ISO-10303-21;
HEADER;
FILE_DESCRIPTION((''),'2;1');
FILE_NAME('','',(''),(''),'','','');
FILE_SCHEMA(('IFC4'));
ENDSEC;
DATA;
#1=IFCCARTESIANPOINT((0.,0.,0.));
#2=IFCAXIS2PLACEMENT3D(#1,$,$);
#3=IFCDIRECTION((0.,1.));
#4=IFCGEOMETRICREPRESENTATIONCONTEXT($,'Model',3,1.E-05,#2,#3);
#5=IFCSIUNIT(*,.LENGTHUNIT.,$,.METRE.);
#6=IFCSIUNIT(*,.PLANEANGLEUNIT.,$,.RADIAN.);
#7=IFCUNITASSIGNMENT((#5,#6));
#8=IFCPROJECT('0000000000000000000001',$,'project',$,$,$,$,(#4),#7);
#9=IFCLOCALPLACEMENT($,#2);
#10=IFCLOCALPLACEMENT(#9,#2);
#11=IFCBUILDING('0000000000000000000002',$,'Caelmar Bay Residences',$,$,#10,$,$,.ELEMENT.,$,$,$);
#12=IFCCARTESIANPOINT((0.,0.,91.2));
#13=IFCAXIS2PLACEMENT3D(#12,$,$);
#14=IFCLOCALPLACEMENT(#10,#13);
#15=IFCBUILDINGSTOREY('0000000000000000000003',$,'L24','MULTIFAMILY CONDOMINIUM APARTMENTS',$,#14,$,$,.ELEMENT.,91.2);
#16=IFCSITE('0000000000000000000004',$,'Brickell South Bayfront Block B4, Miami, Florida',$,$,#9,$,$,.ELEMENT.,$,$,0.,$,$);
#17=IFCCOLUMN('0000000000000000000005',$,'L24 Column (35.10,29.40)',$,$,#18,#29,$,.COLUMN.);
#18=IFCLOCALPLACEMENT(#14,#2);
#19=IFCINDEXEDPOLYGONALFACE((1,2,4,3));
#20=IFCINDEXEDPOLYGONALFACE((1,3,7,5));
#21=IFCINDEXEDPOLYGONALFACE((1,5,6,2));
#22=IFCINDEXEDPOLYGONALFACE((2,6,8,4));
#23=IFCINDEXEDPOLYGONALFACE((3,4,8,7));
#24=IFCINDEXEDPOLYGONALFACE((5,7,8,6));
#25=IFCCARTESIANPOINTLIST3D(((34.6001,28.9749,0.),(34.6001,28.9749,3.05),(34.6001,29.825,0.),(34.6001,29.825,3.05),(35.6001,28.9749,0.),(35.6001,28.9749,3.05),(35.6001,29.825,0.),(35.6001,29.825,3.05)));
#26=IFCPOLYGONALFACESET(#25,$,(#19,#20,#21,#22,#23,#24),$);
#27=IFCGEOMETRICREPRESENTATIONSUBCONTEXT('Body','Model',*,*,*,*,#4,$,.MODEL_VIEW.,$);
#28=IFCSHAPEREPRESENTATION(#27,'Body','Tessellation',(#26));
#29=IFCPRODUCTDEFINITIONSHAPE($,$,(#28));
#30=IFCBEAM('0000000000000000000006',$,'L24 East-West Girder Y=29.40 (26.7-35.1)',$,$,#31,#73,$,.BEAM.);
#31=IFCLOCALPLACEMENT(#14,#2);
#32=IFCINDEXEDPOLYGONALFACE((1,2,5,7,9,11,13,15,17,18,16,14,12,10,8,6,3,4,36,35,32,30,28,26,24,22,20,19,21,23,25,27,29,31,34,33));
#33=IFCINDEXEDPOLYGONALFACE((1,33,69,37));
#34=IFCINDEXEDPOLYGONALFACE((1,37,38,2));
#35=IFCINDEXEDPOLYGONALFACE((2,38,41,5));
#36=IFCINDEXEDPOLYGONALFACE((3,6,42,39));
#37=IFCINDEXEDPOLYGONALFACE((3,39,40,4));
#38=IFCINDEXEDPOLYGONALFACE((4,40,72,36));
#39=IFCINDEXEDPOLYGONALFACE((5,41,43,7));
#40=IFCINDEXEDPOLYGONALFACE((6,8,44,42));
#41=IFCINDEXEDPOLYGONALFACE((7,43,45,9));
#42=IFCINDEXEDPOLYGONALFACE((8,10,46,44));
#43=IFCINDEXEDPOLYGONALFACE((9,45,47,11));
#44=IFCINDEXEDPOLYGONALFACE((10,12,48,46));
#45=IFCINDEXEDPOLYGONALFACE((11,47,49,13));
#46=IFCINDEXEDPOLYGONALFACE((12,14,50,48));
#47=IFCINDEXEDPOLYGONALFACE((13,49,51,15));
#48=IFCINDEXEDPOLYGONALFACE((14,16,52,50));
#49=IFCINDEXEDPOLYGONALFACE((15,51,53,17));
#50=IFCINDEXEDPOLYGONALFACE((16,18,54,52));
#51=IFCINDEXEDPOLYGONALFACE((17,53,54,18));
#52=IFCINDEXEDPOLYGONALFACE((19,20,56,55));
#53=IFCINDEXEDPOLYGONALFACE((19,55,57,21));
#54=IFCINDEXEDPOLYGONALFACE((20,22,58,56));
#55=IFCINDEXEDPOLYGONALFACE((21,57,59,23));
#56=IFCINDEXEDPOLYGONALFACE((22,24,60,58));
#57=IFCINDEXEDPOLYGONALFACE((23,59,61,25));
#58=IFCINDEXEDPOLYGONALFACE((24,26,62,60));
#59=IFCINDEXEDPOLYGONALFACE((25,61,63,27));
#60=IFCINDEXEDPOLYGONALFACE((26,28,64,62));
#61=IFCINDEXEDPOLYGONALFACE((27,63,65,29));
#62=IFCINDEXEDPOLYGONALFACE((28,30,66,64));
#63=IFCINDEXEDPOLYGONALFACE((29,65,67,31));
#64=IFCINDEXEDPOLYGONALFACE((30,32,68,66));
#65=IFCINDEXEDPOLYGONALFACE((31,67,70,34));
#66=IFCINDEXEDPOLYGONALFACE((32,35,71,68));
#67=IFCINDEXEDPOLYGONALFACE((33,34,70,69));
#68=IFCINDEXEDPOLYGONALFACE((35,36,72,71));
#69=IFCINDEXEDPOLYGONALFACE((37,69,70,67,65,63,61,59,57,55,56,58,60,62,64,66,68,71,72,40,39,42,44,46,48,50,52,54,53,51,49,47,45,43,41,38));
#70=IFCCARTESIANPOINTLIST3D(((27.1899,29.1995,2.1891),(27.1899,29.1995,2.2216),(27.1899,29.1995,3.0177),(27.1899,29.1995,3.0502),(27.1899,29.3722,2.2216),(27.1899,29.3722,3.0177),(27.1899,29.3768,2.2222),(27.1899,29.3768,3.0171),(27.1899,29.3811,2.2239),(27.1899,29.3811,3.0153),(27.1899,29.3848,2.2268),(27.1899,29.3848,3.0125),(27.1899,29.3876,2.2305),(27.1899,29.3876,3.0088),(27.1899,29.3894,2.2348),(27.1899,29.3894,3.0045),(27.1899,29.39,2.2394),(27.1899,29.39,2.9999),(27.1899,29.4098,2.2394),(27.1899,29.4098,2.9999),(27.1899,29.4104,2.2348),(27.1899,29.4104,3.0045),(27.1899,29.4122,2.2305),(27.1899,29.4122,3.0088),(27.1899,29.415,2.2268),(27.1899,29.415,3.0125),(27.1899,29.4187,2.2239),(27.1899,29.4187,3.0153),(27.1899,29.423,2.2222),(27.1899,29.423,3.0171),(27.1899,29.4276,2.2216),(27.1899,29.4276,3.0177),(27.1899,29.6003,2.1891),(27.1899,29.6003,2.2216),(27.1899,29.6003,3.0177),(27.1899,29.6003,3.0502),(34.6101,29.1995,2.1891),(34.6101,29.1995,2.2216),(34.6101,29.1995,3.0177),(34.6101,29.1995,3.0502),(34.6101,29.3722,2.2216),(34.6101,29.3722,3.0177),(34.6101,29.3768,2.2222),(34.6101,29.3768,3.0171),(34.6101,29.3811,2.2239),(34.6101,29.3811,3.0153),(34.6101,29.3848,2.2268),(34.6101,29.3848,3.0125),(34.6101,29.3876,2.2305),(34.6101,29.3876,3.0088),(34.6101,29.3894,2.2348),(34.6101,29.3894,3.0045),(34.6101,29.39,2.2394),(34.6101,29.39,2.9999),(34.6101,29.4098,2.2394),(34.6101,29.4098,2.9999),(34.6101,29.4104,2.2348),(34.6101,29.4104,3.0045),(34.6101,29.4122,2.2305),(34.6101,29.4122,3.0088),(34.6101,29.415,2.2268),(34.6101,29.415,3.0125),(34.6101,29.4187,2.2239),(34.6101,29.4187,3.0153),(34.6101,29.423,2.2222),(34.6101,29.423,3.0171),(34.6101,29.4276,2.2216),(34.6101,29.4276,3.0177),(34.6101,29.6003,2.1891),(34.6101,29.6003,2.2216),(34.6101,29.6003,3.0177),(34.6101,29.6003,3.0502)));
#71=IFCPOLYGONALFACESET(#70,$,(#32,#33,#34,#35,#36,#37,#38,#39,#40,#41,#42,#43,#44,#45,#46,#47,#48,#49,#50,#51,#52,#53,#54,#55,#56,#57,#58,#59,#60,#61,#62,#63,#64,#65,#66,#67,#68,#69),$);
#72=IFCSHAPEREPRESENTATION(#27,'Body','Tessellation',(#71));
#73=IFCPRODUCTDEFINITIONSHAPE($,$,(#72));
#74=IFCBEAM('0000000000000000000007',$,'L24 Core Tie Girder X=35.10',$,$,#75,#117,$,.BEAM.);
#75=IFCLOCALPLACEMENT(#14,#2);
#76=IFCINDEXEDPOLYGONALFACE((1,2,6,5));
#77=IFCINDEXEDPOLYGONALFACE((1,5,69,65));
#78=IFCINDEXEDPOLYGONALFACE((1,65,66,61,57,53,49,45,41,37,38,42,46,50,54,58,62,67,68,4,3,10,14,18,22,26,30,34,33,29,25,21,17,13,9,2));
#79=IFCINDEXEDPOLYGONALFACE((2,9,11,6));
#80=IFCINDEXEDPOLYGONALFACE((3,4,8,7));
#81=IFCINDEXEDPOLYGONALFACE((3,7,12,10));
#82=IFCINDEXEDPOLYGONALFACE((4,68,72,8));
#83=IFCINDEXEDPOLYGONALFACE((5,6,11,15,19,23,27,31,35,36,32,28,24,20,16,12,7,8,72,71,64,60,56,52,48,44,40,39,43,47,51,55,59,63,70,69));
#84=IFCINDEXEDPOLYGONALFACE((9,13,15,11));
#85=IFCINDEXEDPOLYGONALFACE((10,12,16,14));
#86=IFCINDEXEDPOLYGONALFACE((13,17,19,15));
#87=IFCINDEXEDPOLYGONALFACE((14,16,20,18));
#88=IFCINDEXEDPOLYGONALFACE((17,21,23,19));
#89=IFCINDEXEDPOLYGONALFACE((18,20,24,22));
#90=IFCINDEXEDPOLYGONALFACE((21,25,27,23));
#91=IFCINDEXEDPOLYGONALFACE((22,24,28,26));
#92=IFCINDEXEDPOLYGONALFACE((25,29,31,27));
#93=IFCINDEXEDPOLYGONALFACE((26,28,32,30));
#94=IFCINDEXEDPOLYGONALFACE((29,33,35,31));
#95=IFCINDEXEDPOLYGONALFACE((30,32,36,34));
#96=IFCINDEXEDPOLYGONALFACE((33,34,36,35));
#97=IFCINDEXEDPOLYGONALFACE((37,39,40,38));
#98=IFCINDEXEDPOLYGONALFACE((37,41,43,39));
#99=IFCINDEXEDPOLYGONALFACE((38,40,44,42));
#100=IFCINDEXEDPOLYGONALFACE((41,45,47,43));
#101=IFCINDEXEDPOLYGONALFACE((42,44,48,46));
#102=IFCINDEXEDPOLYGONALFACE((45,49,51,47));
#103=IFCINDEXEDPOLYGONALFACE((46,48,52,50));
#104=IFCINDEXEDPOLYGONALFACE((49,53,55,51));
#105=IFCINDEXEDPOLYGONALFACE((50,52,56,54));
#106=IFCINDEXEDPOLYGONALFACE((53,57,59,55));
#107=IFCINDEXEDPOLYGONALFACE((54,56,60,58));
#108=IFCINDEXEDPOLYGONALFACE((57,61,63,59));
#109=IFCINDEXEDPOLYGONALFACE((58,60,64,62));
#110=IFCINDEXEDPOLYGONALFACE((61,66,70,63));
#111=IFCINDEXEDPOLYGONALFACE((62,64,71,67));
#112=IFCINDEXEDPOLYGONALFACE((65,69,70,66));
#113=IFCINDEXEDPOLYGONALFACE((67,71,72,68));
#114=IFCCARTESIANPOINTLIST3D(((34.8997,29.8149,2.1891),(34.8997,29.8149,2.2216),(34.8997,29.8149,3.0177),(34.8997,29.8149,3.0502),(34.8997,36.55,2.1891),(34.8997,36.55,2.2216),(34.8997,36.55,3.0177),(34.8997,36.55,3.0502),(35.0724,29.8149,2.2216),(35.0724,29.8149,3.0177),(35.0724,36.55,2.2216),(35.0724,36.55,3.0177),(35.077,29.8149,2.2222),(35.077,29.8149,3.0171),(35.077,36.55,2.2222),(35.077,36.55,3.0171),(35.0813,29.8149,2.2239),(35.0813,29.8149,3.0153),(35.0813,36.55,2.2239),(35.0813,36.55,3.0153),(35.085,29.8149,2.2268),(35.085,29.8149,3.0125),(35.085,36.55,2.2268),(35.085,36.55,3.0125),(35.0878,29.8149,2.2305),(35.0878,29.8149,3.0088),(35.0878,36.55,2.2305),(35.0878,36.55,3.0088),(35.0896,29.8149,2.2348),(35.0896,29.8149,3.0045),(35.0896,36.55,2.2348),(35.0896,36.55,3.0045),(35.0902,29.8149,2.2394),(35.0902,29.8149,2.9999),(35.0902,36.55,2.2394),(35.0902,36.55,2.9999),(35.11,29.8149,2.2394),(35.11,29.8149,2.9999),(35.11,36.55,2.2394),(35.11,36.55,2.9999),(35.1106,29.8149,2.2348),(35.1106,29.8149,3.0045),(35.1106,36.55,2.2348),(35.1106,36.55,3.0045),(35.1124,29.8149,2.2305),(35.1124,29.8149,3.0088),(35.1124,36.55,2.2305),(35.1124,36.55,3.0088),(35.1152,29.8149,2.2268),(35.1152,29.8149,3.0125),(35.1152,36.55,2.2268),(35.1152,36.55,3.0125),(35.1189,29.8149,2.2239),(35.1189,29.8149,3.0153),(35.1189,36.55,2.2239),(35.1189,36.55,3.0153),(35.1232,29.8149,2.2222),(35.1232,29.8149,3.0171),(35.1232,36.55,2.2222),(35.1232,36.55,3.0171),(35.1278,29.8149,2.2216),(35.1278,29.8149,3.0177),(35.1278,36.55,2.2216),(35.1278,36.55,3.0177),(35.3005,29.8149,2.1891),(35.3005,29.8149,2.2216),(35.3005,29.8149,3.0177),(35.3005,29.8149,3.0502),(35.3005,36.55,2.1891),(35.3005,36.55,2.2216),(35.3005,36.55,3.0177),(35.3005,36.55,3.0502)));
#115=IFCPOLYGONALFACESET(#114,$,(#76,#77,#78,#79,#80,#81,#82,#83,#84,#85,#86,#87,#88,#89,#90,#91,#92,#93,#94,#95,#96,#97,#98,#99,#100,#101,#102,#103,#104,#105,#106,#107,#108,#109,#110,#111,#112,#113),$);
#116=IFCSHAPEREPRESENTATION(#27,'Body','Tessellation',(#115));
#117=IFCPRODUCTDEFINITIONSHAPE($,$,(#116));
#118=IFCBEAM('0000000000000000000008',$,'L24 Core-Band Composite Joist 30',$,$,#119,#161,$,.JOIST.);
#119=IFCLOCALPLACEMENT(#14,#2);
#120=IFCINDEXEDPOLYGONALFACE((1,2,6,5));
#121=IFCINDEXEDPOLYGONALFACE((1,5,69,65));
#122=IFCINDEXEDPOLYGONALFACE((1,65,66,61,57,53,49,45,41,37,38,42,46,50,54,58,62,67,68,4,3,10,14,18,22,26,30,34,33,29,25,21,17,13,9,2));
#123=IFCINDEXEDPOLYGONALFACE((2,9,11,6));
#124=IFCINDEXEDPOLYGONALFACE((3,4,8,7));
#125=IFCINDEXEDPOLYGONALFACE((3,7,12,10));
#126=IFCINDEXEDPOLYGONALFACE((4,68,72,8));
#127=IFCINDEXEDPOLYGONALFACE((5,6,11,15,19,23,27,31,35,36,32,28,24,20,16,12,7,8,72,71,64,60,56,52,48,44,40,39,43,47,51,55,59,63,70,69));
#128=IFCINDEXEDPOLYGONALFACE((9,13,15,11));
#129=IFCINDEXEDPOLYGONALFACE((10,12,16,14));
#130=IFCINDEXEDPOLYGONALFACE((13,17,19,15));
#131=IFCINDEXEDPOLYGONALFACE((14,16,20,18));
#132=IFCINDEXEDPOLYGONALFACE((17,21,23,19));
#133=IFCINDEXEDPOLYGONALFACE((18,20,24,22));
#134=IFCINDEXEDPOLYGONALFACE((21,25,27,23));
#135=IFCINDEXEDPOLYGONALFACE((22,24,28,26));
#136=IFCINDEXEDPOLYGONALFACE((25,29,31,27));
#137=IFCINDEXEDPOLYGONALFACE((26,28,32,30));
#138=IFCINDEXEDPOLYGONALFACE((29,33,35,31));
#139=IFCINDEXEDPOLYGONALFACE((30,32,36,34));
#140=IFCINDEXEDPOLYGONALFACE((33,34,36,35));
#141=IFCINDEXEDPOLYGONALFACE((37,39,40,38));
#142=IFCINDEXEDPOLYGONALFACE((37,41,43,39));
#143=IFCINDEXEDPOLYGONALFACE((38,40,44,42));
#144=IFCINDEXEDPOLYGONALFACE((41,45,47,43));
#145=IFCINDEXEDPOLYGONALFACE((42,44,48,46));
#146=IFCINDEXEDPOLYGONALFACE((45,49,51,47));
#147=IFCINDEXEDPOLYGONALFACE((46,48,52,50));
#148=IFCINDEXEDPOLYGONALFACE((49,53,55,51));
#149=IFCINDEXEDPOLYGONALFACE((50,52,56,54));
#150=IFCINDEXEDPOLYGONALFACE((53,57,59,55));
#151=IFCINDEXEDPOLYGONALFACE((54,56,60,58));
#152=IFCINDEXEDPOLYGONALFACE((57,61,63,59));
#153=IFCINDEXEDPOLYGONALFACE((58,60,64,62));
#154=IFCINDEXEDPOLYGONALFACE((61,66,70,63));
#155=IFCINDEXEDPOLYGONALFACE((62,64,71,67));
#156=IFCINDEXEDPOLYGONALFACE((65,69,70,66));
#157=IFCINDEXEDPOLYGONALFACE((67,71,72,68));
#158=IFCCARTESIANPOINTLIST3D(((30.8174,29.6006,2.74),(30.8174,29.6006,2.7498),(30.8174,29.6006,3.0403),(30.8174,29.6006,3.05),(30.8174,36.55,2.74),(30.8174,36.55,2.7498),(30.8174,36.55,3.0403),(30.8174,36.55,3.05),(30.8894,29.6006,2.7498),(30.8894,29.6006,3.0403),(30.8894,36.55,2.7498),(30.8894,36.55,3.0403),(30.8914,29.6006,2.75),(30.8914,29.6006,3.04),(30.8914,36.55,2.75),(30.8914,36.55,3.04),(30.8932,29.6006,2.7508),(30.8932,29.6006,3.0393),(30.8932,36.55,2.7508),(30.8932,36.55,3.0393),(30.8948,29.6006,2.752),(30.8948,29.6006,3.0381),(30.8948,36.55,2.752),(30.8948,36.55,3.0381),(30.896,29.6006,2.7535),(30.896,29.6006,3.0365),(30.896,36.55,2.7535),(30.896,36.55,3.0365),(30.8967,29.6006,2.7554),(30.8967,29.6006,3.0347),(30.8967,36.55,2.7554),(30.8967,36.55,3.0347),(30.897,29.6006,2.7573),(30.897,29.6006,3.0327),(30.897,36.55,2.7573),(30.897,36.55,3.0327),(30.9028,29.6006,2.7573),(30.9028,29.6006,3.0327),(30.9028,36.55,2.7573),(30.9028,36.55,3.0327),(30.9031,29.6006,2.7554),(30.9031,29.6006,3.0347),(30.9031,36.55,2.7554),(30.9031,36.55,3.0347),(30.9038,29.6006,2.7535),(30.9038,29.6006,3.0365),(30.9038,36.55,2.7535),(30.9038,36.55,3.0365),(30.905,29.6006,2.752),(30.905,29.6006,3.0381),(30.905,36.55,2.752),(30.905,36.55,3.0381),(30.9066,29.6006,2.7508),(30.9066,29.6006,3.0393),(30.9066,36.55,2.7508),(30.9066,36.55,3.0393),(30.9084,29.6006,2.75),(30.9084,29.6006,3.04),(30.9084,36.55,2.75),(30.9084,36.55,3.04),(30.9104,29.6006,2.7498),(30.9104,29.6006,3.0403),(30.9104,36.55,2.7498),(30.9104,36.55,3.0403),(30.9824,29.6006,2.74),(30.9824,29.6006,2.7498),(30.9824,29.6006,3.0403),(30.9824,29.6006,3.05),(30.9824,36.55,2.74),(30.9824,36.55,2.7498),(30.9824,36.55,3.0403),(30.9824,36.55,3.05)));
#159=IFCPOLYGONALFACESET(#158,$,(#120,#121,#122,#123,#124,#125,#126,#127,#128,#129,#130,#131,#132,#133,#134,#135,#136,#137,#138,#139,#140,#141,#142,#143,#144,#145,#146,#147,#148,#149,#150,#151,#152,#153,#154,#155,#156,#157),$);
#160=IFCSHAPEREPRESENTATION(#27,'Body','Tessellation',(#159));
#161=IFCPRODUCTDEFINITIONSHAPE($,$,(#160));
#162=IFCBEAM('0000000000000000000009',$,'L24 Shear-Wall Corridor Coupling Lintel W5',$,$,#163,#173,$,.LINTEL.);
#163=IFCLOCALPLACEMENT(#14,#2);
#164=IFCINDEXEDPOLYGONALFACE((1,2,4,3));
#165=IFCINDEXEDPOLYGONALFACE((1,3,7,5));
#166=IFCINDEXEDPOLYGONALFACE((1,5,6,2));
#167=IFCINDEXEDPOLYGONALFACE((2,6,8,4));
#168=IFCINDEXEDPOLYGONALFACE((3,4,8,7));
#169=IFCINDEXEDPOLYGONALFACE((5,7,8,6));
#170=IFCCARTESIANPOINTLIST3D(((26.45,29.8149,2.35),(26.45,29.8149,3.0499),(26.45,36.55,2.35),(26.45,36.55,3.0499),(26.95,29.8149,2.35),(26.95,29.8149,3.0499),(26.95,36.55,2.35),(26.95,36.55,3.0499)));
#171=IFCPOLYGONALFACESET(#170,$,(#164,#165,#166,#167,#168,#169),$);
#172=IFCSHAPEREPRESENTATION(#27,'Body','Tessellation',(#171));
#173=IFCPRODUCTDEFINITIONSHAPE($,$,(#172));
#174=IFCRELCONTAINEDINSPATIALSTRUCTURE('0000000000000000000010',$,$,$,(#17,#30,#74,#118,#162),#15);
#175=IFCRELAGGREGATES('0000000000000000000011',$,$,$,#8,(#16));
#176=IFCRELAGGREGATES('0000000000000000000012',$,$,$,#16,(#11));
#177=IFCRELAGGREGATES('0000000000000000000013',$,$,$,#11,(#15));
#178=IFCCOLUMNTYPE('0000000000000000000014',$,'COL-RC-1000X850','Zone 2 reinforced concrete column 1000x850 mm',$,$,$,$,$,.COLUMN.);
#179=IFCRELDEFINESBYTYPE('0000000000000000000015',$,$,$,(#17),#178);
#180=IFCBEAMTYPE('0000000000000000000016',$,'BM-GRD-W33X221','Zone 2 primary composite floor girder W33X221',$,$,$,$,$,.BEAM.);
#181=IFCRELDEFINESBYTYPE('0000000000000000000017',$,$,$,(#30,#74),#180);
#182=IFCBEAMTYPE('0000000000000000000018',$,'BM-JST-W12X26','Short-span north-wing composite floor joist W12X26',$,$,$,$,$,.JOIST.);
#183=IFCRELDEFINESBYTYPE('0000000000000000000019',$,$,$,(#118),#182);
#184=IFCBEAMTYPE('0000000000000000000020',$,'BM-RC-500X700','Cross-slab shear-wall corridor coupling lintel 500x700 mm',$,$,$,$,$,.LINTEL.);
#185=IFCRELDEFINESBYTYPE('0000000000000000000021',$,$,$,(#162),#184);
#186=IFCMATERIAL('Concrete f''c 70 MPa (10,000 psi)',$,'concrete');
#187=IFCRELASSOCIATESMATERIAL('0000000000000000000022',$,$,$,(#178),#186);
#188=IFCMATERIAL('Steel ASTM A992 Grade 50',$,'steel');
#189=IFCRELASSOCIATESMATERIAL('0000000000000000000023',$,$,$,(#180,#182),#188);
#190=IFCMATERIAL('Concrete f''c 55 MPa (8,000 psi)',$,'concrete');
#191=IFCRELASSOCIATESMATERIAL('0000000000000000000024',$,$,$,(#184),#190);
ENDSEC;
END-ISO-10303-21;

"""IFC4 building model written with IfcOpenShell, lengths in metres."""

from ifc_helpers import new_model, si_unit, direction, frame, origin, origin_2d, place, context, subcontext, project, spatial, rectangle, i_section, extrude, material, material_profile, profile_set, type_object, element, save


model = new_model("IFC4")

# Units and contexts
model_context = context("Model", 3, precision=1e-05, world=origin(), true_north=direction((0.0, 1.0)))
body_context = subcontext(model_context, "Body", "Model", "MODEL_VIEW")
ifc_project = project(units=[si_unit("LENGTHUNIT", "METRE"), si_unit("PLANEANGLEUNIT", "RADIAN")], contexts=[model_context])

# Site, building, storey
site_placement = place(None, origin())
site = spatial("IfcSite", under=ifc_project, at=site_placement, Name="Brickell South Bayfront Block B4, Miami, Florida", CompositionType="ELEMENT", RefElevation=0.0)
building_placement = place(site_placement, origin())
building = spatial("IfcBuilding", under=site, at=building_placement, Name="Caelmar Bay Residences", CompositionType="ELEMENT")
storey_placement = place(building_placement, frame((0.0, 0.0, 91.2)))
storey = spatial("IfcBuildingStorey", under=building, at=storey_placement, Name="L24", Description="MULTIFAMILY CONDOMINIUM APARTMENTS", CompositionType="ELEMENT", Elevation=91.2)

# Column
ifc_material_1 = material(Name="Concrete f'c 70 MPa (10,000 psi)", Category="concrete")
ifc_material_profile_1 = material_profile(ifc_material_1, rectangle(XDim=1.0, YDim=0.8501, at=origin_2d()), Name="RC-COL-1000X850")
ifc_profile_set_1 = profile_set([ifc_material_profile_1], Name="Concrete f'c 70 MPa (10,000 psi)")
column_type = type_object("IfcColumnType", Name="COL-RC-1000X850", Description="Zone 2 reinforced concrete column 1000x850 mm", PredefinedType="COLUMN", material=ifc_profile_set_1)
column_placement = place(storey_placement, frame((35.1001, 29.3999, 0.0), z_axis=(0.0, 0.0, 1.0), x_axis=(1.0, 0.0, 0.0)))
element("IfcColumn", 1, at=column_placement, inside=storey, type_object=column_type, Name="L24 Column (35.10,29.40)", PredefinedType="COLUMN", context=body_context, shape_type="SweptSolid", body=[
    extrude(rectangle(XDim=1.0, YDim=0.8501, at=origin_2d()), origin(), (0.0, 0.0, 1.0), 3.05),
])

# Beams
ifc_material_2 = material(Name="Steel ASTM A992 Grade 50", Category="steel")
ifc_material_profile_2 = material_profile(ifc_material_2, i_section(OverallWidth=0.4009, OverallDepth=0.8611, WebThickness=0.0198, FlangeThickness=0.0325, FilletRadius=0.0178, at=origin_2d()), Name="W33X221")
ifc_profile_set_2 = profile_set([ifc_material_profile_2], Name="Steel ASTM A992 Grade 50")
beam_type_1 = type_object("IfcBeamType", Name="BM-GRD-W33X221", Description="Zone 2 primary composite floor girder W33X221", PredefinedType="BEAM", material=ifc_profile_set_2)
beam_1_placement = place(storey_placement, frame((27.1899, 29.3999, 2.6196), z_axis=(1.0, 0.0, 0.0), x_axis=(0.0, 1.0, 0.0)))
element("IfcBeam", 2, at=beam_1_placement, inside=storey, type_object=beam_type_1, Name="L24 East-West Girder Y=29.40 (26.7-35.1)", PredefinedType="BEAM", context=body_context, shape_type="SweptSolid", body=[
    extrude(i_section(OverallWidth=0.4009, OverallDepth=0.8611, WebThickness=0.0198, FlangeThickness=0.0325, FilletRadius=0.0178, at=origin_2d()), origin(), (0.0, 0.0, 1.0), 7.4202),
])
beam_2_placement = place(storey_placement, frame((35.1001, 29.8149, 2.6196), z_axis=(0.0, 1.0, 0.0), x_axis=(-1.0, 0.0, 0.0)))
element("IfcBeam", 3, at=beam_2_placement, inside=storey, type_object=beam_type_1, Name="L24 Core Tie Girder X=35.10", PredefinedType="BEAM", context=body_context, shape_type="SweptSolid", body=[
    extrude(i_section(OverallWidth=0.4009, OverallDepth=0.8611, WebThickness=0.0198, FlangeThickness=0.0325, FilletRadius=0.0178, at=origin_2d()), origin(), (0.0, 0.0, 1.0), 6.7351),
])
ifc_material_profile_3 = material_profile(ifc_material_2, i_section(OverallWidth=0.165, OverallDepth=0.3101, WebThickness=0.0059, FlangeThickness=0.0098, FilletRadius=0.0076, at=origin_2d()), Name="W12X26")
ifc_profile_set_3 = profile_set([ifc_material_profile_3], Name="Steel ASTM A992 Grade 50")
beam_type_2 = type_object("IfcBeamType", Name="BM-JST-W12X26", Description="Short-span north-wing composite floor joist W12X26", PredefinedType="JOIST", material=ifc_profile_set_3)
beam_3_placement = place(storey_placement, frame((30.8999, 29.6006, 2.895), z_axis=(0.0, 1.0, 0.0), x_axis=(-1.0, 0.0, 0.0)))
element("IfcBeam", 4, at=beam_3_placement, inside=storey, type_object=beam_type_2, Name="L24 Core-Band Composite Joist 30", PredefinedType="JOIST", context=body_context, shape_type="SweptSolid", body=[
    extrude(i_section(OverallWidth=0.165, OverallDepth=0.3101, WebThickness=0.0059, FlangeThickness=0.0098, FilletRadius=0.0076, at=origin_2d()), origin(), (0.0, 0.0, 1.0), 6.9495),
])
ifc_material_3 = material(Name="Concrete f'c 55 MPa (8,000 psi)", Category="concrete")
ifc_material_profile_4 = material_profile(ifc_material_3, rectangle(XDim=0.5, YDim=0.7, at=origin_2d()), Name="RC-BM-500X700")
ifc_profile_set_4 = profile_set([ifc_material_profile_4], Name="Concrete f'c 55 MPa (8,000 psi)")
beam_type_3 = type_object("IfcBeamType", Name="BM-RC-500X700", Description="Cross-slab shear-wall corridor coupling lintel 500x700 mm", PredefinedType="LINTEL", material=ifc_profile_set_4)
beam_4_placement = place(storey_placement, frame((26.7, 29.8149, 2.7), z_axis=(0.0, 1.0, 0.0), x_axis=(-1.0, 0.0, 0.0)))
element("IfcBeam", 5, at=beam_4_placement, inside=storey, type_object=beam_type_3, Name="L24 Shear-Wall Corridor Coupling Lintel W5", PredefinedType="LINTEL", context=body_context, shape_type="SweptSolid", body=[
    extrude(rectangle(XDim=0.5, YDim=0.7, at=origin_2d()), origin(), (0.0, 0.0, 1.0), 6.7351),
])

save(model, "model.ifc")
